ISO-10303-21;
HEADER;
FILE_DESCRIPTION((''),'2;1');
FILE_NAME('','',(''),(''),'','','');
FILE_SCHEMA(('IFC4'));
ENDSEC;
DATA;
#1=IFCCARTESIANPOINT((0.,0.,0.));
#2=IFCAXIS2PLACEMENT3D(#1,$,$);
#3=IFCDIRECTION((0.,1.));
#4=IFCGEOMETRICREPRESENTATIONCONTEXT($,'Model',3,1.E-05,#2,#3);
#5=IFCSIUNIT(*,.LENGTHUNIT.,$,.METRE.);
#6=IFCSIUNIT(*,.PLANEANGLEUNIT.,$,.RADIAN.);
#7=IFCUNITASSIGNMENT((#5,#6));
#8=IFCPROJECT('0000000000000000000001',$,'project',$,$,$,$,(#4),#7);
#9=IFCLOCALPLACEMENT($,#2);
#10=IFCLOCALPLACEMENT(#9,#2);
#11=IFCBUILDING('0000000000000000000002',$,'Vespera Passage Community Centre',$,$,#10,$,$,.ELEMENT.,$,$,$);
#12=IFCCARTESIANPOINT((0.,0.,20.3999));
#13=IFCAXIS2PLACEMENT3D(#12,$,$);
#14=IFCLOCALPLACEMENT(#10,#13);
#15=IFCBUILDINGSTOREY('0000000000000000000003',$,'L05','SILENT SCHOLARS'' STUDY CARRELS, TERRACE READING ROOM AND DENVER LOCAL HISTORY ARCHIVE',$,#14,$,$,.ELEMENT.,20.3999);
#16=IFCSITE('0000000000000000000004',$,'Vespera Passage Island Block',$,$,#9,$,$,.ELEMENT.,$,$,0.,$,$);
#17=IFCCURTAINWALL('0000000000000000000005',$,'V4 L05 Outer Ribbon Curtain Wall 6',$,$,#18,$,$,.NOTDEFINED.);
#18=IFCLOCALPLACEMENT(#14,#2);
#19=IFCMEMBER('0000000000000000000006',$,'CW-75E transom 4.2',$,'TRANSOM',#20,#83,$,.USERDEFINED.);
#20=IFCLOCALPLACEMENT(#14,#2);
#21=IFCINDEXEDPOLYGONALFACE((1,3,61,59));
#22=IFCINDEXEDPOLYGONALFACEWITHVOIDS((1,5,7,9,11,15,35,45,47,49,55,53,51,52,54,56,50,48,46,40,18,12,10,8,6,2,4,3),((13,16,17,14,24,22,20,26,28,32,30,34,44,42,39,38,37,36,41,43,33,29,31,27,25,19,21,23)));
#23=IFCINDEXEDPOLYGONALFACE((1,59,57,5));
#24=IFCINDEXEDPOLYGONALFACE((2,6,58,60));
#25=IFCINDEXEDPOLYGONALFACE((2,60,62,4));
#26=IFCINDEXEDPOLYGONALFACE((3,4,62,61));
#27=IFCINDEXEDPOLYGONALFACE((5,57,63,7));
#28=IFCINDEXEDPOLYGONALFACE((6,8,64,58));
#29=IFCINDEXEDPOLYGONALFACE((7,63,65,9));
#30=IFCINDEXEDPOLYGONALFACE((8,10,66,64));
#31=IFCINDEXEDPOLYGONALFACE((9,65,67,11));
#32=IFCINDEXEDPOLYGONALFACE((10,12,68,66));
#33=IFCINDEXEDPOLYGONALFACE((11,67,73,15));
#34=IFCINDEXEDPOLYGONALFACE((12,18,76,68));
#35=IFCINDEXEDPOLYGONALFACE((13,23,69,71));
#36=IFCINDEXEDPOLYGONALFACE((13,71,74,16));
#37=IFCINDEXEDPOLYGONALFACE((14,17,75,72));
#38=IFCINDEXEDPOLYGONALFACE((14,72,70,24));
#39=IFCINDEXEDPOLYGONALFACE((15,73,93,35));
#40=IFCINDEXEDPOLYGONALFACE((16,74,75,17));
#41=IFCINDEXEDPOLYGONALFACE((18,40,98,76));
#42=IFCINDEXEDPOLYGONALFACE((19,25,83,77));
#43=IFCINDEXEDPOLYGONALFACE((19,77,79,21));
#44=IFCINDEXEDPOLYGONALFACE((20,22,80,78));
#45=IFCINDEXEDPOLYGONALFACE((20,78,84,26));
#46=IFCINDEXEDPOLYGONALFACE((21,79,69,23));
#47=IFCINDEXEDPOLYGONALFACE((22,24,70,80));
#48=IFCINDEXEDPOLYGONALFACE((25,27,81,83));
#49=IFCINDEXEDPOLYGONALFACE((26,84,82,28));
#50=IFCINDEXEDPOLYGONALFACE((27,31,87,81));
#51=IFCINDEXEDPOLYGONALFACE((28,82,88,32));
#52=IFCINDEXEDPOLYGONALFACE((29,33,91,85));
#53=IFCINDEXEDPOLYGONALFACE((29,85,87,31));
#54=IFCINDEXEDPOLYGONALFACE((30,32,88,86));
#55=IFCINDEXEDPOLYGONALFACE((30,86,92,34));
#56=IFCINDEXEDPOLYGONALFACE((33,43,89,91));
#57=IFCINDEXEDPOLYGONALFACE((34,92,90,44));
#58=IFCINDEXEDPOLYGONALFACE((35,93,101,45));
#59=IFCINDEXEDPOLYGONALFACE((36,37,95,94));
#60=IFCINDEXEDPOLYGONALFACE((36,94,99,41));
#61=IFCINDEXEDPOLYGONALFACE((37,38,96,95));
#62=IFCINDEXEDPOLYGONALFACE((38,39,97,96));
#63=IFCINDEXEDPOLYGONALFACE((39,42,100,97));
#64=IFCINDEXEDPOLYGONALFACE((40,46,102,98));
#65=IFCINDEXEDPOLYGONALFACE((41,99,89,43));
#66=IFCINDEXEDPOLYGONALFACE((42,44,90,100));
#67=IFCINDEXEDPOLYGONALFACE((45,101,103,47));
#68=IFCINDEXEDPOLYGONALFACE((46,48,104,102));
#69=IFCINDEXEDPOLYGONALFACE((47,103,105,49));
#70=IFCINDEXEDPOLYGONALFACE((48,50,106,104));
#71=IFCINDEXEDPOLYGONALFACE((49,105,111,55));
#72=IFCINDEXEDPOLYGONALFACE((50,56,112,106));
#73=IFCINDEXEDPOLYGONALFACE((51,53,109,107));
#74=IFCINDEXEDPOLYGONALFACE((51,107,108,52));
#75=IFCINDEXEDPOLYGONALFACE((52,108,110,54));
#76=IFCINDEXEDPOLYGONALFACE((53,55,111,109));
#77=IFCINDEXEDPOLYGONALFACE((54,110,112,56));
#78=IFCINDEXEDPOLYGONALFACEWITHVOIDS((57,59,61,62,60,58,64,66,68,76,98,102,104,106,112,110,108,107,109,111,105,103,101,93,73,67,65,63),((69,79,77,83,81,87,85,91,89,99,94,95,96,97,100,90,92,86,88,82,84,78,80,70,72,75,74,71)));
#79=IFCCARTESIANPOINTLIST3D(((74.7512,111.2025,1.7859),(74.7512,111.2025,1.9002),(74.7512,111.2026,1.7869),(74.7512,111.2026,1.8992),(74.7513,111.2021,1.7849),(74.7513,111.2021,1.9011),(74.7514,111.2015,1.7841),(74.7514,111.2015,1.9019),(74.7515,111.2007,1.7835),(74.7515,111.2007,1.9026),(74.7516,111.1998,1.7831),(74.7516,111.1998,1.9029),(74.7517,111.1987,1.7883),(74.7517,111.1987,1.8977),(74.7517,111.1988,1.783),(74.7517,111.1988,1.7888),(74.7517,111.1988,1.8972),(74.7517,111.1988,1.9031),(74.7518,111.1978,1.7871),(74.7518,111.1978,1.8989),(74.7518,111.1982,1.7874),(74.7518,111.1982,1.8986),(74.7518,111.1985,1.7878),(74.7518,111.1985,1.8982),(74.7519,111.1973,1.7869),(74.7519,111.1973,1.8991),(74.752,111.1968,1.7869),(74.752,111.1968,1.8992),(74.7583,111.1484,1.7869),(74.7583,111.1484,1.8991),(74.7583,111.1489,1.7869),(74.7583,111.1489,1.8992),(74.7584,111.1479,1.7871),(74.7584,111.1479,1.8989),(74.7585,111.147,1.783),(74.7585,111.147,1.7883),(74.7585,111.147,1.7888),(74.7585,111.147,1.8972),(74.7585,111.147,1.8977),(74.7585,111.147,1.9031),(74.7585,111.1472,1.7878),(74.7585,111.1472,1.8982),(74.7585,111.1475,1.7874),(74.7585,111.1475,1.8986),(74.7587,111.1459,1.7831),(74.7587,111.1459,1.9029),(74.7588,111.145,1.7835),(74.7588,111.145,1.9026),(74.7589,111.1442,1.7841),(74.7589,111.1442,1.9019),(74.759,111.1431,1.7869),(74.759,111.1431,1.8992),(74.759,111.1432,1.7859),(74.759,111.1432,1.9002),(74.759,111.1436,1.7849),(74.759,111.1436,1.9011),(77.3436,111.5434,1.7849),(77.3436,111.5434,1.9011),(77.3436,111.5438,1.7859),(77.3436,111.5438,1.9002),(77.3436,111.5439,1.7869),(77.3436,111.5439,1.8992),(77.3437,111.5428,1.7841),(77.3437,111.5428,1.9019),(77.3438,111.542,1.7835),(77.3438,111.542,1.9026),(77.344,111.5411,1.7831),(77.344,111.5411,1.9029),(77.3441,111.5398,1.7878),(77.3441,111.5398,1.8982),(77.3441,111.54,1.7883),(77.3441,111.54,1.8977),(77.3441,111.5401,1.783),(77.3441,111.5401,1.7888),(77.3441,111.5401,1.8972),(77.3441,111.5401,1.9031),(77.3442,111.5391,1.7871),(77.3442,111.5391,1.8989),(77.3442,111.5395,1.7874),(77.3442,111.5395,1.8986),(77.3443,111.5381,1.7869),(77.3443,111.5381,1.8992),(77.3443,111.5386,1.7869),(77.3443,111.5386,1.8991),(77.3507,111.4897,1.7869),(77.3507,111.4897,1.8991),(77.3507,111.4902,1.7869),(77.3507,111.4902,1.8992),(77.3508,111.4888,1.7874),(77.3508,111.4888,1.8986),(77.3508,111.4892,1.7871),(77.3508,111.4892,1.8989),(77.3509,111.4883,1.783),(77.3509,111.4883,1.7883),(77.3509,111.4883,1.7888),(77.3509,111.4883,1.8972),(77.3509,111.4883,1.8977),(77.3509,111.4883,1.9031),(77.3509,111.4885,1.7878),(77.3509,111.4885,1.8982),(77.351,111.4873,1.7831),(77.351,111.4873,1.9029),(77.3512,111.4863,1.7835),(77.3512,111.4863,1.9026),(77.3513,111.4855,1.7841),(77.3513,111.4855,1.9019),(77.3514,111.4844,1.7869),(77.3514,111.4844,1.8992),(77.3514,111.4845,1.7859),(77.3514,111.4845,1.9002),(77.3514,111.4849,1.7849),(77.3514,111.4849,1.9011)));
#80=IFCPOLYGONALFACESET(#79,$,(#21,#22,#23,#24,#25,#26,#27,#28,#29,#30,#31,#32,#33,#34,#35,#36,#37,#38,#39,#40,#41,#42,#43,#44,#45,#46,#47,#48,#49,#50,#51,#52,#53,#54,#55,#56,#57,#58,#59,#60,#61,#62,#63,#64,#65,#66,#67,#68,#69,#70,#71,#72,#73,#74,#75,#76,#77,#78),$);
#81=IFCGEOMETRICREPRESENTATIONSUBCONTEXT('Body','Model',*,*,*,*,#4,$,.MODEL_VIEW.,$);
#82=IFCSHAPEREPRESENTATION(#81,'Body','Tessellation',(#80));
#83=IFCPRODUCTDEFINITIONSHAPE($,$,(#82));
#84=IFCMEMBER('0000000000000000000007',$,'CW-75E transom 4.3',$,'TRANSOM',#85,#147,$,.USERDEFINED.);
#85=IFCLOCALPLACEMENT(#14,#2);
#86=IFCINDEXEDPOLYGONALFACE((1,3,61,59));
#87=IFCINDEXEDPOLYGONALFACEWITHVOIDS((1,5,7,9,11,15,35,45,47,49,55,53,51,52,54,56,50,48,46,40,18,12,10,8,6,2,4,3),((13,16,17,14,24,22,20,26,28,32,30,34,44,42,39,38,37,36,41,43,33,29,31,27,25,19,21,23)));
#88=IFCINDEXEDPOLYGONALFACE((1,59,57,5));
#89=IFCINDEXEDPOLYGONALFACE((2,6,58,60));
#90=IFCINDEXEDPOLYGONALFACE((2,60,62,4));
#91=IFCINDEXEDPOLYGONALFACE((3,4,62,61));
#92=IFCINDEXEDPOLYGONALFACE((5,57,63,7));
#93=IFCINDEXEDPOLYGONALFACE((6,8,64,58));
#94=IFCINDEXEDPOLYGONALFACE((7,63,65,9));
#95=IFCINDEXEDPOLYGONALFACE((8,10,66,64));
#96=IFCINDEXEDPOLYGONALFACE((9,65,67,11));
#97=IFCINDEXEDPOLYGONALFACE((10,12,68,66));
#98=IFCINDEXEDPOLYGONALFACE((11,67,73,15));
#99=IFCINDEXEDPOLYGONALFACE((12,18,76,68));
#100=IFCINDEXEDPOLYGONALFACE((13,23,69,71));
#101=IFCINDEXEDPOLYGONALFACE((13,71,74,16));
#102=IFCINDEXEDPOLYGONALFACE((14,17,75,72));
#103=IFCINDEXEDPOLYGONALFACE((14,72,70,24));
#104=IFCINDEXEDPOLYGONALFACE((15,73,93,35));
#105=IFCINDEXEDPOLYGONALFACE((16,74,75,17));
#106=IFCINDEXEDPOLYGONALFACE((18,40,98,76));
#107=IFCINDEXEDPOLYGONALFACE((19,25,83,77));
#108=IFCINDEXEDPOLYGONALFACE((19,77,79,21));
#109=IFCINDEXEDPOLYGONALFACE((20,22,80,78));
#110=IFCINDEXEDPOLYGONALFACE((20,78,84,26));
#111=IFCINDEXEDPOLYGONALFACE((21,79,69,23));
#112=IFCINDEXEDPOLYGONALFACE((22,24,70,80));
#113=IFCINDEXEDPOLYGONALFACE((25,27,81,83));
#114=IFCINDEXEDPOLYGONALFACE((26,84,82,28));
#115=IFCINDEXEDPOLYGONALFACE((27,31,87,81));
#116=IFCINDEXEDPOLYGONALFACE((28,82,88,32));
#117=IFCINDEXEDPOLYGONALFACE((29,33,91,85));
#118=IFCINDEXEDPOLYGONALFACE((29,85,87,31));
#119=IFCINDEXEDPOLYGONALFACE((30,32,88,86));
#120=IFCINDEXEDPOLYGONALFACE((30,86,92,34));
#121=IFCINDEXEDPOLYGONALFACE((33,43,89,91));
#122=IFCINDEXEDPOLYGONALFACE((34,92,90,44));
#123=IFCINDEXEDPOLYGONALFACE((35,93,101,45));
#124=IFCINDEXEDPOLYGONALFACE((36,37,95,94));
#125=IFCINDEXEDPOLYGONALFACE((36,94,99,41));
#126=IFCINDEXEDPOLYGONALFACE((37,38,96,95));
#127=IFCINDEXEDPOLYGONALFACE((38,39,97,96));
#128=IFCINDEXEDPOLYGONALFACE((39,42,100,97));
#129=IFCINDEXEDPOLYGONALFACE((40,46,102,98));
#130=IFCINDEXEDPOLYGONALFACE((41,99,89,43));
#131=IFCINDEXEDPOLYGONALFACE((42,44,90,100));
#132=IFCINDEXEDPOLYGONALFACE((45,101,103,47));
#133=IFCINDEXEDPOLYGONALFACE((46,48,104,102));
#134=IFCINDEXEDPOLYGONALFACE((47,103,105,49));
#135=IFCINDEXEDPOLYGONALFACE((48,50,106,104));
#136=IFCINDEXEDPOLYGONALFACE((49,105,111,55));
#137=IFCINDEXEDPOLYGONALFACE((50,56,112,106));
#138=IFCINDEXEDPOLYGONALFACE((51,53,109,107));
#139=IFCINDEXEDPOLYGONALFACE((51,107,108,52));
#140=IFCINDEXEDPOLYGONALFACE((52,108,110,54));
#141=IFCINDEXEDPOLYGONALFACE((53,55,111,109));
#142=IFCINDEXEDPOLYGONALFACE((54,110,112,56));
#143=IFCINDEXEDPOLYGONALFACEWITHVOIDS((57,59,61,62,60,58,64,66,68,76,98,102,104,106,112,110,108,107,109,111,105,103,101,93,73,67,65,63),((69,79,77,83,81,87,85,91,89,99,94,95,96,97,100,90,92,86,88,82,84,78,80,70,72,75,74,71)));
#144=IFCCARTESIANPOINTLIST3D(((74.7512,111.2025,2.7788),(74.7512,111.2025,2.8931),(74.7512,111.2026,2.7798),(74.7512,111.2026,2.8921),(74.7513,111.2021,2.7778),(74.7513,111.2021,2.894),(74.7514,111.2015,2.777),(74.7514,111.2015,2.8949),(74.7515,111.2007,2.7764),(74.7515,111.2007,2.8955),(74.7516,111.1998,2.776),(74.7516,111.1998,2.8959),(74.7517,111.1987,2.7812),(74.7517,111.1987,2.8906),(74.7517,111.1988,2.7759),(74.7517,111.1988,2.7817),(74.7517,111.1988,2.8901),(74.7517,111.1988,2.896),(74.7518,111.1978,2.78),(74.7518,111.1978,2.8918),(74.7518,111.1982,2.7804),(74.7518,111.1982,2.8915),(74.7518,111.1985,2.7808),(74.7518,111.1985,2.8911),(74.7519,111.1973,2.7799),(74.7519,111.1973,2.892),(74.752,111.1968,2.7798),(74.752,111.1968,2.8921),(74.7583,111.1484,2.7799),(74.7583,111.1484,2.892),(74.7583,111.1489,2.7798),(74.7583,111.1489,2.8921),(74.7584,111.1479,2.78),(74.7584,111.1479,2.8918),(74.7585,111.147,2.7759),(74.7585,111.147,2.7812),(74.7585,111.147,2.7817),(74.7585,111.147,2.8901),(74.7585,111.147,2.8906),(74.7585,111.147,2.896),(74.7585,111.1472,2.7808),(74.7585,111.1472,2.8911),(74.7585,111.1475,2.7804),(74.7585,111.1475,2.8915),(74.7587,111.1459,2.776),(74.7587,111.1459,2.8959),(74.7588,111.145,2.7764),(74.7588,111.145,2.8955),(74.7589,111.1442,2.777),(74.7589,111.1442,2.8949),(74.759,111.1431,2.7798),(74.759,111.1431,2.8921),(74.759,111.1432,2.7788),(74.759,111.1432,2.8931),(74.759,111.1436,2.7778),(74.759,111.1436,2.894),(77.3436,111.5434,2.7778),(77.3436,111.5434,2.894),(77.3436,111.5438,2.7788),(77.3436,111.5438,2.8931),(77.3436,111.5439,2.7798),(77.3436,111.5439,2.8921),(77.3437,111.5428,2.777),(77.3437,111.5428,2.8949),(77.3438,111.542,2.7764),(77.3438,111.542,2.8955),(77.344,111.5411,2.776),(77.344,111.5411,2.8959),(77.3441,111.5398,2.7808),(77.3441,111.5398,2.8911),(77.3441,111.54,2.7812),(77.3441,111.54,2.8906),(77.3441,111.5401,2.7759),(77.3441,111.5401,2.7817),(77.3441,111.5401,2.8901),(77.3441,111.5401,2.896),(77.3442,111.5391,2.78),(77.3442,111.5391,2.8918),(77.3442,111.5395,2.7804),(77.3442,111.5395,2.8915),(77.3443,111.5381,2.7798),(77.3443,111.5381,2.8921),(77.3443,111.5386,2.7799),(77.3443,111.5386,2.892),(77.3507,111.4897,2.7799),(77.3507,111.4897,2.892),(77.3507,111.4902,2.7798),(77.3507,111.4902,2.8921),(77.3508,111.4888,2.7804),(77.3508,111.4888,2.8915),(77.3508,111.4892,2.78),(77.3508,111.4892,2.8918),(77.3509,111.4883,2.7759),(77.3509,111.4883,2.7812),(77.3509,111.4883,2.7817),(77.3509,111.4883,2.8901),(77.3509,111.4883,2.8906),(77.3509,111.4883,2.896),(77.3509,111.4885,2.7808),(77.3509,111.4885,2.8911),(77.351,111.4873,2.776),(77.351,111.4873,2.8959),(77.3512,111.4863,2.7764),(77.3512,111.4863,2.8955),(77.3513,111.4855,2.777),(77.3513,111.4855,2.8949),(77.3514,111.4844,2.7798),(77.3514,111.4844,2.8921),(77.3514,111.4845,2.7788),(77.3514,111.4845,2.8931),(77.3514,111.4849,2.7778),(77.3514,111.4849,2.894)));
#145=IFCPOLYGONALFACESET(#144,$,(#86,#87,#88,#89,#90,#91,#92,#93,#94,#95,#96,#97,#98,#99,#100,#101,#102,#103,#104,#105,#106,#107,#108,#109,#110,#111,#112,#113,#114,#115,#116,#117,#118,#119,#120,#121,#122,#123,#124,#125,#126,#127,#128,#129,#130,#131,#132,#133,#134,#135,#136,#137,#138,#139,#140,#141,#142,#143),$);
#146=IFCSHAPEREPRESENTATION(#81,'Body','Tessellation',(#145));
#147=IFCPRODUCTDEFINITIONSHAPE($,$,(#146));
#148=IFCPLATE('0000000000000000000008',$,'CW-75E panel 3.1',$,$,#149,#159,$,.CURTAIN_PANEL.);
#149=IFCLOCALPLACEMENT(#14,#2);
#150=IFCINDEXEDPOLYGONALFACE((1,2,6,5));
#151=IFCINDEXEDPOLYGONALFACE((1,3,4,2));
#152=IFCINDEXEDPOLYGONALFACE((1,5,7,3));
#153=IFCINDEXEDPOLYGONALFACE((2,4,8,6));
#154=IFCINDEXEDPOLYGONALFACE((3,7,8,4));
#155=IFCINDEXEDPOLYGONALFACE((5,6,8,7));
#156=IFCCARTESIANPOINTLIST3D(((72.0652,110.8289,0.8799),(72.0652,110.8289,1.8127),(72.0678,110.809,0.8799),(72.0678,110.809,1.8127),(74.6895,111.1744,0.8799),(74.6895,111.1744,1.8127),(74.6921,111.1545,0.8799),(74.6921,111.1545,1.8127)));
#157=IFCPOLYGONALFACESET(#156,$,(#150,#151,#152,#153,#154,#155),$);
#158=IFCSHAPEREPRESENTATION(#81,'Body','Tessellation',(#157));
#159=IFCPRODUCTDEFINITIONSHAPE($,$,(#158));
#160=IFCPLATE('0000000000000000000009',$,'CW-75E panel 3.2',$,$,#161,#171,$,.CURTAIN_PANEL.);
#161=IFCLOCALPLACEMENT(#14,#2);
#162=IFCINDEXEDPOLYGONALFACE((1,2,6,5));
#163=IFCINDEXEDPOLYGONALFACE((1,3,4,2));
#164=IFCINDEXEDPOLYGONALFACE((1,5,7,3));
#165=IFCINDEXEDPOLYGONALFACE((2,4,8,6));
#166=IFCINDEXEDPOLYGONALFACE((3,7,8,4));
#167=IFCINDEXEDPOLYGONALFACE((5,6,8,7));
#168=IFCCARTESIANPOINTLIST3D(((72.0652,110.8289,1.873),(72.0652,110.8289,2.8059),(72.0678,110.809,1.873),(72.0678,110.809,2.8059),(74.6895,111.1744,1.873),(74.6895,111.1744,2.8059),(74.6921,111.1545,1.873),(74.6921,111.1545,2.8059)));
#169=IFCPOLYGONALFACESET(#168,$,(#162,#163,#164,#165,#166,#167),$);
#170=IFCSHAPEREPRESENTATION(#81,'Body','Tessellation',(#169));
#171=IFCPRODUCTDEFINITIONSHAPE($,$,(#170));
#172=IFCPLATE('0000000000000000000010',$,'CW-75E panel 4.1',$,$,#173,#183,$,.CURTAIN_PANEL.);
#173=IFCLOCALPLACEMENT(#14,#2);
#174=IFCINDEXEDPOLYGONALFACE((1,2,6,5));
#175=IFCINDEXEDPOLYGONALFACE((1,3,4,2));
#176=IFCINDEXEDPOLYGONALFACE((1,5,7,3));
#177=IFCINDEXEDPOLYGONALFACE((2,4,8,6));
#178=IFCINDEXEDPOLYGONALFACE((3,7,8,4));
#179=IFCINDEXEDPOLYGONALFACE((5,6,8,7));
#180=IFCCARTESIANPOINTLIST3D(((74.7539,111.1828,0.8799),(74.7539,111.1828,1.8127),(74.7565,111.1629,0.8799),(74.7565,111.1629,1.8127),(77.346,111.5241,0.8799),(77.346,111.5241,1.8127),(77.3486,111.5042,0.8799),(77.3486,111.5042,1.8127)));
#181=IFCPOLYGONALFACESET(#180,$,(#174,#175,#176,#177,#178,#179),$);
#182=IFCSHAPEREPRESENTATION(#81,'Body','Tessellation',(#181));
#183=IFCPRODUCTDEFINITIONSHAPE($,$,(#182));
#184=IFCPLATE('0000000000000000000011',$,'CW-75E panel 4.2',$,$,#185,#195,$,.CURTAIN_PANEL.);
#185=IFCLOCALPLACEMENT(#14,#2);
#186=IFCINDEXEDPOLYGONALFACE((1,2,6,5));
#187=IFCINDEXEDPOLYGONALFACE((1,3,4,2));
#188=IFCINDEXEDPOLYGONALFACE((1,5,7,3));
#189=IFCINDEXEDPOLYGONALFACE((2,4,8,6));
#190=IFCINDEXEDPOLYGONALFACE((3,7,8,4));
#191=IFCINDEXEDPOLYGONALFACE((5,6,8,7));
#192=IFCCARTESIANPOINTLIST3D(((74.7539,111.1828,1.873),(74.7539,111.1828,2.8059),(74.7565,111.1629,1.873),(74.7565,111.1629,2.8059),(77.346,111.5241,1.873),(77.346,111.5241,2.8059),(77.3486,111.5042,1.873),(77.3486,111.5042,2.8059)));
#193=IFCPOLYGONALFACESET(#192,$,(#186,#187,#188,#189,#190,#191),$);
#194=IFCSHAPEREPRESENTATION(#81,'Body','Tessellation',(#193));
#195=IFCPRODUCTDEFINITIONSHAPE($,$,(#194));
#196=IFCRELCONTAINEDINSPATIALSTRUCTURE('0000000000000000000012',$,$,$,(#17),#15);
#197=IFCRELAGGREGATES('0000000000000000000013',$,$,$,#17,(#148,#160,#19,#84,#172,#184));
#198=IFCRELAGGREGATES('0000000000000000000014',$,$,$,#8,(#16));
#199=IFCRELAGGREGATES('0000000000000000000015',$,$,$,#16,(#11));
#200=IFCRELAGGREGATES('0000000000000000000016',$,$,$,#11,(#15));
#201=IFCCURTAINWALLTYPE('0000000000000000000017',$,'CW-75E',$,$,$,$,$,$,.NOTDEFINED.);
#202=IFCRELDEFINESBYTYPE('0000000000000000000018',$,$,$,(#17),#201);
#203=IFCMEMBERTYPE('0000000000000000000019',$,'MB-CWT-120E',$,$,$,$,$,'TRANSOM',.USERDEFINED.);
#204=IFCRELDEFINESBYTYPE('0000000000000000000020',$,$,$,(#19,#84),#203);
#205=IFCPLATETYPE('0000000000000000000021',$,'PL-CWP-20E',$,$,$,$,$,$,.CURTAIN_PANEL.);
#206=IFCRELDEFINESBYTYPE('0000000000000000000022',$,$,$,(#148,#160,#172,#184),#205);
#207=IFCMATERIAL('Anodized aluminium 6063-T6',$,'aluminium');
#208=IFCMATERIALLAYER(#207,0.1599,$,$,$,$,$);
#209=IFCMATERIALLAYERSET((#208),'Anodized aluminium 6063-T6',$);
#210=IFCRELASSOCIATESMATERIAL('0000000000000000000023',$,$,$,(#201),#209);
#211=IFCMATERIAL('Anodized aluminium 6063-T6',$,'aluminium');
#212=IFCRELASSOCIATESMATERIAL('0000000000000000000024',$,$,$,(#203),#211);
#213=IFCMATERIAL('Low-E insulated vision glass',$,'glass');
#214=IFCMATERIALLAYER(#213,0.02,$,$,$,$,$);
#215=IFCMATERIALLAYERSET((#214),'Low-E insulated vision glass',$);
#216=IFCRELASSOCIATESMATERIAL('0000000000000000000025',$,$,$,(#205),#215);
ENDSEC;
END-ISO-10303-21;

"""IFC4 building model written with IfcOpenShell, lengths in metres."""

from ifc_helpers import new_model, si_unit, direction, frame, origin, origin_2d, place, context, subcontext, project, spatial, rectangle, hollow_rectangle, extrude, material, layer, layer_set, material_profile, profile_set, type_object, element, aggregate, save


model = new_model("IFC4")

# Units and contexts
model_context = context("Model", 3, precision=1e-05, world=origin(), true_north=direction((0.0, 1.0)))
body_context = subcontext(model_context, "Body", "Model", "MODEL_VIEW")
ifc_project = project(units=[si_unit("LENGTHUNIT", "METRE"), si_unit("PLANEANGLEUNIT", "RADIAN")], contexts=[model_context])

# Site, building, storey
site_placement = place(None, origin())
site = spatial("IfcSite", under=ifc_project, at=site_placement, Name="Vespera Passage Island Block", CompositionType="ELEMENT", RefElevation=0.0)
building_placement = place(site_placement, origin())
building = spatial("IfcBuilding", under=site, at=building_placement, Name="Vespera Passage Community Centre", CompositionType="ELEMENT")
storey_placement = place(building_placement, frame((0.0, 0.0, 20.3999)))
storey = spatial("IfcBuildingStorey", under=building, at=storey_placement, Name="L05", Description="SILENT SCHOLARS' STUDY CARRELS, TERRACE READING ROOM AND DENVER LOCAL HISTORY ARCHIVE", CompositionType="ELEMENT", Elevation=20.3999)

# Curtain wall, members, plates
ifc_material_1 = material(Name="Anodized aluminium 6063-T6", Category="aluminium")
ifc_layer_1 = layer(ifc_material_1, 0.1599)
ifc_layer_set_1 = layer_set([ifc_layer_1], Name="Anodized aluminium 6063-T6")
curtain_wall_type = type_object("IfcCurtainWallType", Name="CW-75E", PredefinedType="NOTDEFINED", material=ifc_layer_set_1)
curtain_wall_placement = place(storey_placement, origin())
curtain_wall = element("IfcCurtainWall", 1, at=curtain_wall_placement, inside=storey, type_object=curtain_wall_type, Name="V4 L05 Outer Ribbon Curtain Wall 6", PredefinedType="NOTDEFINED")
ifc_material_2 = material(Name="Anodized aluminium 6063-T6", Category="aluminium")
ifc_material_profile_1 = material_profile(ifc_material_2, hollow_rectangle(XDim=0.0601, YDim=0.1201, WallThickness=0.0039, InnerFilletRadius=0.002, OuterFilletRadius=0.0039, at=origin_2d()), Name="ALU120X60X4")
ifc_profile_set_1 = profile_set([ifc_material_profile_1], Name="Anodized aluminium 6063-T6")
member_type_1 = type_object("IfcMemberType", Name="MB-CWT-120E", ElementType="TRANSOM", PredefinedType="USERDEFINED", material=ifc_profile_set_1)
member_1_placement = place(storey_placement, frame((74.7551, 111.1729, 1.843), z_axis=(0.991443, 0.130537, 0.0), x_axis=(-0.130537, 0.991443, 0.0)))
member_1 = element("IfcMember", 2, at=member_1_placement, type_object=member_type_1, Name="CW-75E transom 4.2", ObjectType="TRANSOM", PredefinedType="USERDEFINED", context=body_context, shape_type="SweptSolid", body=[
    extrude(hollow_rectangle(XDim=0.0601, YDim=0.1201, WallThickness=0.0039, InnerFilletRadius=0.002, OuterFilletRadius=0.0039, at=origin_2d()), origin(), (0.0, 0.0, 1.0), 2.6147),
])
member_2_placement = place(storey_placement, frame((74.7551, 111.1729, 2.8359), z_axis=(0.991443, 0.130537, 0.0), x_axis=(-0.130537, 0.991443, 0.0)))
member_2 = element("IfcMember", 3, at=member_2_placement, type_object=member_type_1, Name="CW-75E transom 4.3", ObjectType="TRANSOM", PredefinedType="USERDEFINED", context=body_context, shape_type="SweptSolid", body=[
    extrude(hollow_rectangle(XDim=0.0601, YDim=0.1201, WallThickness=0.0039, InnerFilletRadius=0.002, OuterFilletRadius=0.0039, at=origin_2d()), origin(), (0.0, 0.0, 1.0), 2.6147),
])
ifc_material_3 = material(Name="Low-E insulated vision glass", Category="glass")
ifc_layer_2 = layer(ifc_material_3, 0.02)
ifc_layer_set_2 = layer_set([ifc_layer_2], Name="Low-E insulated vision glass")
plate_type = type_object("IfcPlateType", Name="PL-CWP-20E", PredefinedType="CURTAIN_PANEL", material=ifc_layer_set_2)
plate_1_placement = place(storey_placement, frame((73.3787, 110.9917, 0.8799), z_axis=(0.0, 0.0, 1.0), x_axis=(0.991444, 0.130531, 0.0)))
plate_1 = element("IfcPlate", 4, at=plate_1_placement, type_object=plate_type, Name="CW-75E panel 3.1", PredefinedType="CURTAIN_PANEL", context=body_context, shape_type="SweptSolid", body=[
    extrude(rectangle(XDim=2.647, YDim=0.02, at=origin_2d()), origin(), (0.0, 0.0, 1.0), 0.9329),
])
plate_2_placement = place(storey_placement, frame((73.3787, 110.9917, 1.873), z_axis=(0.0, 0.0, 1.0), x_axis=(0.991444, 0.130531, 0.0)))
plate_2 = element("IfcPlate", 5, at=plate_2_placement, type_object=plate_type, Name="CW-75E panel 3.2", PredefinedType="CURTAIN_PANEL", context=body_context, shape_type="SweptSolid", body=[
    extrude(rectangle(XDim=2.647, YDim=0.02, at=origin_2d()), origin(), (0.0, 0.0, 1.0), 0.9329),
])
plate_3_placement = place(storey_placement, frame((76.0513, 111.3435, 0.8799), z_axis=(0.0, 0.0, 1.0), x_axis=(0.991444, 0.130531, 0.0)))
plate_3 = element("IfcPlate", 6, at=plate_3_placement, type_object=plate_type, Name="CW-75E panel 4.1", PredefinedType="CURTAIN_PANEL", context=body_context, shape_type="SweptSolid", body=[
    extrude(rectangle(XDim=2.6145, YDim=0.02, at=origin_2d()), origin(), (0.0, 0.0, 1.0), 0.9329),
])
plate_4_placement = place(storey_placement, frame((76.0513, 111.3435, 1.873), z_axis=(0.0, 0.0, 1.0), x_axis=(0.991444, 0.130531, 0.0)))
plate_4 = element("IfcPlate", 7, at=plate_4_placement, type_object=plate_type, Name="CW-75E panel 4.2", PredefinedType="CURTAIN_PANEL", context=body_context, shape_type="SweptSolid", body=[
    extrude(rectangle(XDim=2.6145, YDim=0.02, at=origin_2d()), origin(), (0.0, 0.0, 1.0), 0.9329),
])
aggregate(curtain_wall, [plate_1, plate_2, member_1, member_2, plate_3, plate_4])

save(model, "model.ifc")
